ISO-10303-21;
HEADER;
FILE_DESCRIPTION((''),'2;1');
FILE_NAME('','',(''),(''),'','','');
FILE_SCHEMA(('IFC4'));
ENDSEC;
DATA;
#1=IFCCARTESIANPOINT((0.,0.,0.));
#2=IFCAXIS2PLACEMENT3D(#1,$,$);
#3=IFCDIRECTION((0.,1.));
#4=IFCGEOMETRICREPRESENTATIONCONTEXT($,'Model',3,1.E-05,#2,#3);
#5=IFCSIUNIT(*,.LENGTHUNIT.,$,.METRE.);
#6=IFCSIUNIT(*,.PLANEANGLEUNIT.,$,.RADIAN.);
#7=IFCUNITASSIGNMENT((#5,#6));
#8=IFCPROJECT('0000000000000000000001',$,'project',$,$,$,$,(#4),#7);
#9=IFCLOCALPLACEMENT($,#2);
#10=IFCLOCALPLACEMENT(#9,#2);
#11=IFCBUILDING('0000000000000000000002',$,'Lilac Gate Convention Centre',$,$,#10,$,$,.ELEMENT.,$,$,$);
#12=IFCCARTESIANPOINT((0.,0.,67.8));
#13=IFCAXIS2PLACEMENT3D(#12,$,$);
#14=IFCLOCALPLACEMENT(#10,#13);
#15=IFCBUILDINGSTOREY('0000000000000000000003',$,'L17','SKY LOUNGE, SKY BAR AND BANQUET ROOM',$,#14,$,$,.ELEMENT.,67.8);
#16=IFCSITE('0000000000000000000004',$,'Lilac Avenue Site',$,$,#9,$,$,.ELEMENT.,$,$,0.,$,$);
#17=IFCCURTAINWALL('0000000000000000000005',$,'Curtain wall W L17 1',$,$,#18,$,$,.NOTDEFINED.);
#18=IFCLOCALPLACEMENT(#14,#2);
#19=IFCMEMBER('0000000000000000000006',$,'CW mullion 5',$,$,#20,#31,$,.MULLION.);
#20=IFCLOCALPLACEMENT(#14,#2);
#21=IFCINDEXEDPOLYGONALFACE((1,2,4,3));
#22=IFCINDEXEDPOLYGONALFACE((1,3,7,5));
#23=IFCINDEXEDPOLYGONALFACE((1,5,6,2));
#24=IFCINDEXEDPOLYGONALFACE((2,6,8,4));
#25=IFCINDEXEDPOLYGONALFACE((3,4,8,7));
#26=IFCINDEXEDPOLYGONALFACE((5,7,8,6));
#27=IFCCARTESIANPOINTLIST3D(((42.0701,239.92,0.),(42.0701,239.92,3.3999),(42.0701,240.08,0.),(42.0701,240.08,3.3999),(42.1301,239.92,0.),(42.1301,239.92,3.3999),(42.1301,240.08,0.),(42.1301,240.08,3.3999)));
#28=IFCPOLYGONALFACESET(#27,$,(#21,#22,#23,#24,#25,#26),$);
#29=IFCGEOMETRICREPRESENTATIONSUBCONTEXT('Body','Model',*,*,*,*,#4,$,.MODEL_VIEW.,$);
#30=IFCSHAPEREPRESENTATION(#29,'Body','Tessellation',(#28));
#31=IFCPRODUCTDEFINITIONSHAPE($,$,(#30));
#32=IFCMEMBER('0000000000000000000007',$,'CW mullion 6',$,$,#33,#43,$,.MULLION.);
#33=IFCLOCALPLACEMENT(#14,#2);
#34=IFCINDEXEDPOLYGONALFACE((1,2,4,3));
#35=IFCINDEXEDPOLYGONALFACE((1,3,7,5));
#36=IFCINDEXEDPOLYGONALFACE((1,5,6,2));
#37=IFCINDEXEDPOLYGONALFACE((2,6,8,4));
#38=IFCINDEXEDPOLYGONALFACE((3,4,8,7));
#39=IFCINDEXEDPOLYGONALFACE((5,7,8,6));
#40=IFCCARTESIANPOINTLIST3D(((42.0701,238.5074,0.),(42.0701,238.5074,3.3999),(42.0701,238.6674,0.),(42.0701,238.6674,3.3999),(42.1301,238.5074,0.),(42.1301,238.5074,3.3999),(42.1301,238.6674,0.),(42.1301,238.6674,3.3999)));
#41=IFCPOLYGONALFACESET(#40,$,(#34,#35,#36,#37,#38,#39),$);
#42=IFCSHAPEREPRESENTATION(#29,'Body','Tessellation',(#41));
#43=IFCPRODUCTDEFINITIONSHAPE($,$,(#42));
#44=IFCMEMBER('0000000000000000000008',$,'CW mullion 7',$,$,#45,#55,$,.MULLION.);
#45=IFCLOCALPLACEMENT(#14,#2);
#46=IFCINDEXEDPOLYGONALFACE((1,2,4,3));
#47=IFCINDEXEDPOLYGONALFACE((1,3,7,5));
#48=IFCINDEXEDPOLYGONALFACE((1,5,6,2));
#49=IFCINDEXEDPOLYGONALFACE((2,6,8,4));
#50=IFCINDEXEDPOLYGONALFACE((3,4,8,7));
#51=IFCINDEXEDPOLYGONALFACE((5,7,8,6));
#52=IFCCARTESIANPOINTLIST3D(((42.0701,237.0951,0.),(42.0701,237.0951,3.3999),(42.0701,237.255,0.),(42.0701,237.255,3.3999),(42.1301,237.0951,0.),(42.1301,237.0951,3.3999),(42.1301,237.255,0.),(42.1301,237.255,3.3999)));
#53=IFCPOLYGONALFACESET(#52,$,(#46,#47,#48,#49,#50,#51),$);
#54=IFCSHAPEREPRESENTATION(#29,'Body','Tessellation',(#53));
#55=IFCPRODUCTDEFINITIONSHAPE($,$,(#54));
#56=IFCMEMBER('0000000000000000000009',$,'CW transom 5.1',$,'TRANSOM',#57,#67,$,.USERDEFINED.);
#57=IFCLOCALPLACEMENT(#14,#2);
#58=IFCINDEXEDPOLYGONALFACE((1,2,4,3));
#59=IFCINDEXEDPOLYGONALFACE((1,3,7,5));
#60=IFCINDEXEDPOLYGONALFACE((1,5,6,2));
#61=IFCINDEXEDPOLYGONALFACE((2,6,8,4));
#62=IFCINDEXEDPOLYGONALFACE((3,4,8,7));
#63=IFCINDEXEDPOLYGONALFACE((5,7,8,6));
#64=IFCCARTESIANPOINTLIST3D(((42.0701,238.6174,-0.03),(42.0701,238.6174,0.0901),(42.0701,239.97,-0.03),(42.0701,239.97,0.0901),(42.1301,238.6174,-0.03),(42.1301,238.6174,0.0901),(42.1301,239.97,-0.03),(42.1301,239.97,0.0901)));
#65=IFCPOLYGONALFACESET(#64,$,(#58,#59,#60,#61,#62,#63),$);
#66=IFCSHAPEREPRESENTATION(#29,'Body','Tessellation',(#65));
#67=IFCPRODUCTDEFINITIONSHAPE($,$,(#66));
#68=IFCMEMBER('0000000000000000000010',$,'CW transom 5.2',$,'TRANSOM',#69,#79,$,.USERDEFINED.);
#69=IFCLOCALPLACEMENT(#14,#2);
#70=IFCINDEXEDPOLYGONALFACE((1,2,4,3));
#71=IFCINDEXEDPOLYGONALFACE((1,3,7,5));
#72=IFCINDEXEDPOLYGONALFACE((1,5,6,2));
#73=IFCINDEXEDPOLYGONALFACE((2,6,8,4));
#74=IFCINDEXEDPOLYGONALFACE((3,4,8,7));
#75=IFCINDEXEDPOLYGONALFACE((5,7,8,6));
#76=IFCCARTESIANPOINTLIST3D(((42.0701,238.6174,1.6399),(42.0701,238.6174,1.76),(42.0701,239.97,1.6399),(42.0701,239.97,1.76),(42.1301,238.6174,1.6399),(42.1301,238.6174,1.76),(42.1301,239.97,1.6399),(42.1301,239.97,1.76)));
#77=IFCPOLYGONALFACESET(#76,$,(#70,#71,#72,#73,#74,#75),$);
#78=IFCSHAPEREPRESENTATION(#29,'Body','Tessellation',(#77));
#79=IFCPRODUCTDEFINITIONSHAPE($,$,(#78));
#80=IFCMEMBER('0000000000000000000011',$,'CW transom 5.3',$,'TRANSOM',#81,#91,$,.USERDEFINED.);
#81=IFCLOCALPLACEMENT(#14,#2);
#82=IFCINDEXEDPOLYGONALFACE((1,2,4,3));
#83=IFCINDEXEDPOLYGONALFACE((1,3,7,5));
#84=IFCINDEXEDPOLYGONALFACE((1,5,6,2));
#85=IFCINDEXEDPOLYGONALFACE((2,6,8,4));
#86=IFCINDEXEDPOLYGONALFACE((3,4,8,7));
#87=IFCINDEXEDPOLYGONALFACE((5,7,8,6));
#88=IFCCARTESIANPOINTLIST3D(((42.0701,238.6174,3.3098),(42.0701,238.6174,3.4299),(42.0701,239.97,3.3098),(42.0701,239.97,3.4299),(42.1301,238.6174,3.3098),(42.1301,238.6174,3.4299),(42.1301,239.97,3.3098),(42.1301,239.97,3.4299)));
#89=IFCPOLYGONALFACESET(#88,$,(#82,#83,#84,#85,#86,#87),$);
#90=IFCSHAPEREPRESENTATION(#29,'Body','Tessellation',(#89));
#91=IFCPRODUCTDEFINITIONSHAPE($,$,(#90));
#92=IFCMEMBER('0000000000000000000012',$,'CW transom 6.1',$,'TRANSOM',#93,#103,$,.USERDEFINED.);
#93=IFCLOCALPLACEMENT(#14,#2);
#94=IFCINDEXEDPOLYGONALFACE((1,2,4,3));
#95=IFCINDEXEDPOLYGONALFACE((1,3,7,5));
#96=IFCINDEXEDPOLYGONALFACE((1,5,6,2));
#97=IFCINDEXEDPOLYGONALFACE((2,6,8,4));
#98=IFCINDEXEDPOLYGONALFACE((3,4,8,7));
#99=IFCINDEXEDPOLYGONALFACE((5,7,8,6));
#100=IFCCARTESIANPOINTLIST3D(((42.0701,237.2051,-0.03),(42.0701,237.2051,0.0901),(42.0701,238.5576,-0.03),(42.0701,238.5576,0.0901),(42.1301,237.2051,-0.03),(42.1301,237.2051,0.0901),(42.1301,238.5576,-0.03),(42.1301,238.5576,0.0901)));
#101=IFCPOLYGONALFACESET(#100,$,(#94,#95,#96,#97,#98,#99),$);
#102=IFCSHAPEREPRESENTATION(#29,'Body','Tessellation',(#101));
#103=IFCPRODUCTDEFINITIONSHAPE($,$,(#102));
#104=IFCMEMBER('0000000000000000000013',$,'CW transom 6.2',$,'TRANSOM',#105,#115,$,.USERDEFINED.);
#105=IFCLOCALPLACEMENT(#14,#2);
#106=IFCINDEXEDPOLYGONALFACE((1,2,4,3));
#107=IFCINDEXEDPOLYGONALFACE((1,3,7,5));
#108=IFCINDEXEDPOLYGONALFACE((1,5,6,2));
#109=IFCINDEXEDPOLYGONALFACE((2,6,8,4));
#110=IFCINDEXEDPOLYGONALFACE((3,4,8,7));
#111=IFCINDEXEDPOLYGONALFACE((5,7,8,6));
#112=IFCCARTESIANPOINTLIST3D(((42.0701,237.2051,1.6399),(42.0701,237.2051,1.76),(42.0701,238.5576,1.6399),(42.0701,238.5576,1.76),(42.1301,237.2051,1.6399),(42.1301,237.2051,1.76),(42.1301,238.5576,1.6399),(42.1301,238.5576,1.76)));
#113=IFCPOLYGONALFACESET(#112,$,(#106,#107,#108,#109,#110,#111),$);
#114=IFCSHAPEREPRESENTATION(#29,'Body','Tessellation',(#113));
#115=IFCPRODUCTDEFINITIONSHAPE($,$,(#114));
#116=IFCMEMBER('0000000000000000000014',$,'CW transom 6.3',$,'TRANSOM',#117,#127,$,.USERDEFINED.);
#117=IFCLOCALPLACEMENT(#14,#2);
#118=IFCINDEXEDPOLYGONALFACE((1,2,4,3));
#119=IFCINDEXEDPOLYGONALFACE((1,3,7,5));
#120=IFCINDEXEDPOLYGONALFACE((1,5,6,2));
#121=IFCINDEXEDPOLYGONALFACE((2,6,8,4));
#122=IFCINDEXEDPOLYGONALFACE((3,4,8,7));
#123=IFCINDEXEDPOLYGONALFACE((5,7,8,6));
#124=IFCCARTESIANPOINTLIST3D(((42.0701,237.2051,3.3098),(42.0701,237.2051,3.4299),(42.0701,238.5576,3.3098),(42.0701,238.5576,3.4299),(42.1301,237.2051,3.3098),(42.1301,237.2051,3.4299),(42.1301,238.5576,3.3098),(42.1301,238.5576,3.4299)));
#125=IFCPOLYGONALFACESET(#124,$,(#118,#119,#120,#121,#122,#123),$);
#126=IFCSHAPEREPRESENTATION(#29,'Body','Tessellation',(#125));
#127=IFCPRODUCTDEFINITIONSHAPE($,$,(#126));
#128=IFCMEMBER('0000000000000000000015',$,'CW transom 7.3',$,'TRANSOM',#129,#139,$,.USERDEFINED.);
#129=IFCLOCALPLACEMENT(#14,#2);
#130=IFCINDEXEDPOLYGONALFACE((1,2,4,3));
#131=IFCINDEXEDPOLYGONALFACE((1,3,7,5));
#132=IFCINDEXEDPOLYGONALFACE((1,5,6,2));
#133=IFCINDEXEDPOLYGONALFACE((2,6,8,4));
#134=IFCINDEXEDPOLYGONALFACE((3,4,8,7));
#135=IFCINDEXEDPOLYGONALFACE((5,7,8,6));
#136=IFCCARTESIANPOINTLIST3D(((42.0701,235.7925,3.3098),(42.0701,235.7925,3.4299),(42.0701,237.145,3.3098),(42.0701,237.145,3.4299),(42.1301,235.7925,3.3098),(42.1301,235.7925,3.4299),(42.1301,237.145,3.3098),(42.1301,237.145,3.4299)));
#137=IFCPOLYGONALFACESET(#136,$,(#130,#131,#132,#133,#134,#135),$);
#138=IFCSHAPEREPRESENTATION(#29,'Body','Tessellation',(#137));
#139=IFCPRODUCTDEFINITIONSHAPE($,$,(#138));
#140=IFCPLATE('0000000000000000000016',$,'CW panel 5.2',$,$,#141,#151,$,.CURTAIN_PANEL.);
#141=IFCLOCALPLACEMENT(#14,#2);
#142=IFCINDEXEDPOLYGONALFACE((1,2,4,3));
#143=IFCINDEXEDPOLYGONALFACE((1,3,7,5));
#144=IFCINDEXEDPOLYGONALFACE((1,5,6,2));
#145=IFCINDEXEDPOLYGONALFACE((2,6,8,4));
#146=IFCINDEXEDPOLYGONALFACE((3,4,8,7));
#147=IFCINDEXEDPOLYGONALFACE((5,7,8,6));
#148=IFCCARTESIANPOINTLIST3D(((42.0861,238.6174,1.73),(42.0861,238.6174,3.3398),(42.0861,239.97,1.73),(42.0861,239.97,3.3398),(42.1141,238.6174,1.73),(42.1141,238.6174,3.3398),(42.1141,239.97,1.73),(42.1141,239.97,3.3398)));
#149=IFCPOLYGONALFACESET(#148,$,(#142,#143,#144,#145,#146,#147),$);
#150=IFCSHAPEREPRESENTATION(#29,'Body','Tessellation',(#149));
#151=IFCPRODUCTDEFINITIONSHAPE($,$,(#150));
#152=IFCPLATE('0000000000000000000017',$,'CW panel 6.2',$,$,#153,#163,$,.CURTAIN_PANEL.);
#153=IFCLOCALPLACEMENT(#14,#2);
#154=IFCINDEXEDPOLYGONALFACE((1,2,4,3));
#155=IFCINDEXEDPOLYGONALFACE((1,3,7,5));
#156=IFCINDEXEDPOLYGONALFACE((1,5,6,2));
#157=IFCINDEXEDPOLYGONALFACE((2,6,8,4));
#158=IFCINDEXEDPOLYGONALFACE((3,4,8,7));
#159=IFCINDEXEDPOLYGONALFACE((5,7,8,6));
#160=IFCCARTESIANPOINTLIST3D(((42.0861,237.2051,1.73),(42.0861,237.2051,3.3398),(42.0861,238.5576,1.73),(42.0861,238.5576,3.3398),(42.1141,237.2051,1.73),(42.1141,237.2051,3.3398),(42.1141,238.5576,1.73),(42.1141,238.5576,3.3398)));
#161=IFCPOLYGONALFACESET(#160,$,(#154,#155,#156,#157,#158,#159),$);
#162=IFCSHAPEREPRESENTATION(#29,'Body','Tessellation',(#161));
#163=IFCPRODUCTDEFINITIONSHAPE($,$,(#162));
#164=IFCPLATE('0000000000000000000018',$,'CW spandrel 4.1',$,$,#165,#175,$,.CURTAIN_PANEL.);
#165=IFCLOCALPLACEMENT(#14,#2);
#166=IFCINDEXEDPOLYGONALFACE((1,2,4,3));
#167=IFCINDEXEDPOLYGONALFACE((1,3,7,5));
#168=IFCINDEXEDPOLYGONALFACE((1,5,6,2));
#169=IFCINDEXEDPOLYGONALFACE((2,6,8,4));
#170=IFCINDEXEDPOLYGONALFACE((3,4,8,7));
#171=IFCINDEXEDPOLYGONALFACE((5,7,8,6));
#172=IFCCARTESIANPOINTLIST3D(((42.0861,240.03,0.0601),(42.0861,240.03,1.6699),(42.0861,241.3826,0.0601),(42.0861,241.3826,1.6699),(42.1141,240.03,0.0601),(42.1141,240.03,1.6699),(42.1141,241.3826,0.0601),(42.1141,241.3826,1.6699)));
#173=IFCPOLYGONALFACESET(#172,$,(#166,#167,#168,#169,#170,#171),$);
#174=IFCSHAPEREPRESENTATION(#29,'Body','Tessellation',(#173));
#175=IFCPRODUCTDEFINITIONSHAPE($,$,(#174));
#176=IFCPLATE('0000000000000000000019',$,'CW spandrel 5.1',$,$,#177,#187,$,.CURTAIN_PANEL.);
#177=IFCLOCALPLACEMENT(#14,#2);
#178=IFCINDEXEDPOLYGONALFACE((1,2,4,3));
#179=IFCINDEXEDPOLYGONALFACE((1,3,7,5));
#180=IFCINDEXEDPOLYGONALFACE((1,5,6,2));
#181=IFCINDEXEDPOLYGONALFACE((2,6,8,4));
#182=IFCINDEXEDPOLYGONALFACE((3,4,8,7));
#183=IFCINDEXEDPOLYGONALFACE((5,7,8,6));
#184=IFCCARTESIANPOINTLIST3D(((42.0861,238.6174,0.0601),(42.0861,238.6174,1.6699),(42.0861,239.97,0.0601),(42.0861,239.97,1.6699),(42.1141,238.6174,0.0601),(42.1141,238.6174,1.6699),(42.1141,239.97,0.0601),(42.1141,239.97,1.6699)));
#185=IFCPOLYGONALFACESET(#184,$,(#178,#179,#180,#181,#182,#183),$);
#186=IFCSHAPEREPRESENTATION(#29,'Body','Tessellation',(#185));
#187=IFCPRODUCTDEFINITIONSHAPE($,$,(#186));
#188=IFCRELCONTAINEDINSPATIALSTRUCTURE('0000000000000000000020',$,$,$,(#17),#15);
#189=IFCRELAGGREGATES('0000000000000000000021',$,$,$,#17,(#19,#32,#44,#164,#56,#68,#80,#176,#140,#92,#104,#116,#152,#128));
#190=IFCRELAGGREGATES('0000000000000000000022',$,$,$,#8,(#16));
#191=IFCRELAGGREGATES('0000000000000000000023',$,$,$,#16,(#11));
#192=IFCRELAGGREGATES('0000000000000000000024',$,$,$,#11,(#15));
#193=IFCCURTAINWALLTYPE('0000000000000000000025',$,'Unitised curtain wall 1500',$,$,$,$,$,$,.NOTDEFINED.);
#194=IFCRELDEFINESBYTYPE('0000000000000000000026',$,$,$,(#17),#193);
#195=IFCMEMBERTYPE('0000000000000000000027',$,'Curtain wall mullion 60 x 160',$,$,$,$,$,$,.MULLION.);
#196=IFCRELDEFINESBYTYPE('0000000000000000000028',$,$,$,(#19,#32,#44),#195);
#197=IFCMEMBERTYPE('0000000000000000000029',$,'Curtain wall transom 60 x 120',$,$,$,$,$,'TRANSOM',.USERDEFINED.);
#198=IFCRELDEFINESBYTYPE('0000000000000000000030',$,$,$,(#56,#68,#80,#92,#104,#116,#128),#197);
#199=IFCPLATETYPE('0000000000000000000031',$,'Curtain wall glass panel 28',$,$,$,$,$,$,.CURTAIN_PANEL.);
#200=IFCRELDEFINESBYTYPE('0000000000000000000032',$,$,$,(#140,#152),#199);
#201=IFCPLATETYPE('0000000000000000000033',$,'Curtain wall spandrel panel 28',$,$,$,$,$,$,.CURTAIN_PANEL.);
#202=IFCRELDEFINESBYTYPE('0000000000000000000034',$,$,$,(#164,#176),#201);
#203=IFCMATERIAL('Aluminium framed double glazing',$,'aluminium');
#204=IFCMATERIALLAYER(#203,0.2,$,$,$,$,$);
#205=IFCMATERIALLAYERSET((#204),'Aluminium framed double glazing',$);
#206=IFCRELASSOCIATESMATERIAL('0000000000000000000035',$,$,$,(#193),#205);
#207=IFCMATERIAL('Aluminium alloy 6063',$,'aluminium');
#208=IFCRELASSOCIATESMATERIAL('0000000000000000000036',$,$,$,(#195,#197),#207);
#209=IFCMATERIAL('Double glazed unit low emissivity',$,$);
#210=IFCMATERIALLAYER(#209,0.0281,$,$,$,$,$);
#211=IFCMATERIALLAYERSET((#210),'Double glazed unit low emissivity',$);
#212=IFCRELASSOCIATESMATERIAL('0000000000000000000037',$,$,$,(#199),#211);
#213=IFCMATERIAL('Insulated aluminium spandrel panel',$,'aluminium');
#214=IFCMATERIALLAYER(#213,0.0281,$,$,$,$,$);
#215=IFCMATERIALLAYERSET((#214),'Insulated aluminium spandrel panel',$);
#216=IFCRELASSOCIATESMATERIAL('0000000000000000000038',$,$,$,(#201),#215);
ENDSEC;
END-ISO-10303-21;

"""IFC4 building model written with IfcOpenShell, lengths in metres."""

from ifc_helpers import new_model, si_unit, direction, frame, origin, origin_2d, place, context, subcontext, project, spatial, rectangle, extrude, material, layer, layer_set, material_profile, profile_set, type_object, element, aggregate, save


model = new_model("IFC4")

# Units and contexts
model_context = context("Model", 3, precision=1e-05, world=origin(), true_north=direction((0.0, 1.0)))
body_context = subcontext(model_context, "Body", "Model", "MODEL_VIEW")
ifc_project = project(units=[si_unit("LENGTHUNIT", "METRE"), si_unit("PLANEANGLEUNIT", "RADIAN")], contexts=[model_context])

# Site, building, storey
site_placement = place(None, origin())
site = spatial("IfcSite", under=ifc_project, at=site_placement, Name="Lilac Avenue Site", CompositionType="ELEMENT", RefElevation=0.0)
building_placement = place(site_placement, origin())
building = spatial("IfcBuilding", under=site, at=building_placement, Name="Lilac Gate Convention Centre", CompositionType="ELEMENT")
storey_placement = place(building_placement, frame((0.0, 0.0, 67.8)))
storey = spatial("IfcBuildingStorey", under=building, at=storey_placement, Name="L17", Description="SKY LOUNGE, SKY BAR AND BANQUET ROOM", CompositionType="ELEMENT", Elevation=67.8)

# Curtain wall, members, plates
ifc_material_1 = material(Name="Aluminium framed double glazing", Category="aluminium")
ifc_layer_1 = layer(ifc_material_1, 0.2)
ifc_layer_set_1 = layer_set([ifc_layer_1], Name="Aluminium framed double glazing")
curtain_wall_type = type_object("IfcCurtainWallType", Name="Unitised curtain wall 1500", PredefinedType="NOTDEFINED", material=ifc_layer_set_1)
curtain_wall_placement = place(storey_placement, origin())
curtain_wall = element("IfcCurtainWall", 1, at=curtain_wall_placement, inside=storey, type_object=curtain_wall_type, Name="Curtain wall W L17 1", PredefinedType="NOTDEFINED")
ifc_material_2 = material(Name="Aluminium alloy 6063", Category="aluminium")
ifc_material_profile_1 = material_profile(ifc_material_2, rectangle(XDim=0.0601, YDim=0.1599, at=origin_2d()), Name="Curtain wall mullion 60 x 160")
ifc_profile_set_1 = profile_set([ifc_material_profile_1], Name="Aluminium alloy 6063")
member_type_1 = type_object("IfcMemberType", Name="Curtain wall mullion 60 x 160", PredefinedType="MULLION", material=ifc_profile_set_1)
member_1_placement = place(storey_placement, frame((42.1001, 240.0, 0.0), z_axis=(0.0, 0.0, 1.0), x_axis=(1.0, 0.0, 0.0)))
member_1 = element("IfcMember", 2, at=member_1_placement, type_object=member_type_1, Name="CW mullion 5", PredefinedType="MULLION", context=body_context, shape_type="SweptSolid", body=[
    extrude(rectangle(XDim=0.0601, YDim=0.1599, at=origin_2d()), origin(), (0.0, 0.0, 1.0), 3.3999),
])
member_2_placement = place(storey_placement, frame((42.1001, 238.5874, 0.0), z_axis=(0.0, 0.0, 1.0), x_axis=(1.0, 0.0, 0.0)))
member_2 = element("IfcMember", 3, at=member_2_placement, type_object=member_type_1, Name="CW mullion 6", PredefinedType="MULLION", context=body_context, shape_type="SweptSolid", body=[
    extrude(rectangle(XDim=0.0601, YDim=0.1599, at=origin_2d()), origin(), (0.0, 0.0, 1.0), 3.3999),
])
member_3_placement = place(storey_placement, frame((42.1001, 237.175, 0.0), z_axis=(0.0, 0.0, 1.0), x_axis=(1.0, 0.0, 0.0)))
member_3 = element("IfcMember", 4, at=member_3_placement, type_object=member_type_1, Name="CW mullion 7", PredefinedType="MULLION", context=body_context, shape_type="SweptSolid", body=[
    extrude(rectangle(XDim=0.0601, YDim=0.1599, at=origin_2d()), origin(), (0.0, 0.0, 1.0), 3.3999),
])
ifc_material_profile_2 = material_profile(ifc_material_2, rectangle(XDim=0.0601, YDim=0.1201, at=origin_2d()), Name="Curtain wall transom 60 x 120")
ifc_profile_set_2 = profile_set([ifc_material_profile_2], Name="Aluminium alloy 6063")
member_type_2 = type_object("IfcMemberType", Name="Curtain wall transom 60 x 120", ElementType="TRANSOM", PredefinedType="USERDEFINED", material=ifc_profile_set_2)
member_4_placement = place(storey_placement, frame((42.1001, 239.97, 0.03), z_axis=(0.0, -1.0, 0.0), x_axis=(1.0, 0.0, 0.0)))
member_4 = element("IfcMember", 5, at=member_4_placement, type_object=member_type_2, Name="CW transom 5.1", ObjectType="TRANSOM", PredefinedType="USERDEFINED", context=body_context, shape_type="SweptSolid", body=[
    extrude(rectangle(XDim=0.0601, YDim=0.1201, at=origin_2d()), origin(), (0.0, 0.0, 1.0), 1.3525),
])
member_5_placement = place(storey_placement, frame((42.1001, 239.97, 1.7), z_axis=(0.0, -1.0, 0.0), x_axis=(1.0, 0.0, 0.0)))
member_5 = element("IfcMember", 6, at=member_5_placement, type_object=member_type_2, Name="CW transom 5.2", ObjectType="TRANSOM", PredefinedType="USERDEFINED", context=body_context, shape_type="SweptSolid", body=[
    extrude(rectangle(XDim=0.0601, YDim=0.1201, at=origin_2d()), origin(), (0.0, 0.0, 1.0), 1.3525),
])
member_6_placement = place(storey_placement, frame((42.1001, 239.97, 3.3699), z_axis=(0.0, -1.0, 0.0), x_axis=(1.0, 0.0, 0.0)))
member_6 = element("IfcMember", 7, at=member_6_placement, type_object=member_type_2, Name="CW transom 5.3", ObjectType="TRANSOM", PredefinedType="USERDEFINED", context=body_context, shape_type="SweptSolid", body=[
    extrude(rectangle(XDim=0.0601, YDim=0.1201, at=origin_2d()), origin(), (0.0, 0.0, 1.0), 1.3525),
])
member_7_placement = place(storey_placement, frame((42.1001, 238.5576, 0.03), z_axis=(0.0, -1.0, 0.0), x_axis=(1.0, 0.0, 0.0)))
member_7 = element("IfcMember", 8, at=member_7_placement, type_object=member_type_2, Name="CW transom 6.1", ObjectType="TRANSOM", PredefinedType="USERDEFINED", context=body_context, shape_type="SweptSolid", body=[
    extrude(rectangle(XDim=0.0601, YDim=0.1201, at=origin_2d()), origin(), (0.0, 0.0, 1.0), 1.3525),
])
member_8_placement = place(storey_placement, frame((42.1001, 238.5576, 1.7), z_axis=(0.0, -1.0, 0.0), x_axis=(1.0, 0.0, 0.0)))
member_8 = element("IfcMember", 9, at=member_8_placement, type_object=member_type_2, Name="CW transom 6.2", ObjectType="TRANSOM", PredefinedType="USERDEFINED", context=body_context, shape_type="SweptSolid", body=[
    extrude(rectangle(XDim=0.0601, YDim=0.1201, at=origin_2d()), origin(), (0.0, 0.0, 1.0), 1.3525),
])
member_9_placement = place(storey_placement, frame((42.1001, 238.5576, 3.3699), z_axis=(0.0, -1.0, 0.0), x_axis=(1.0, 0.0, 0.0)))
member_9 = element("IfcMember", 10, at=member_9_placement, type_object=member_type_2, Name="CW transom 6.3", ObjectType="TRANSOM", PredefinedType="USERDEFINED", context=body_context, shape_type="SweptSolid", body=[
    extrude(rectangle(XDim=0.0601, YDim=0.1201, at=origin_2d()), origin(), (0.0, 0.0, 1.0), 1.3525),
])
member_10_placement = place(storey_placement, frame((42.1001, 237.145, 3.3699), z_axis=(0.0, -1.0, 0.0), x_axis=(1.0, 0.0, 0.0)))
member_10 = element("IfcMember", 11, at=member_10_placement, type_object=member_type_2, Name="CW transom 7.3", ObjectType="TRANSOM", PredefinedType="USERDEFINED", context=body_context, shape_type="SweptSolid", body=[
    extrude(rectangle(XDim=0.0601, YDim=0.1201, at=origin_2d()), origin(), (0.0, 0.0, 1.0), 1.3525),
])
ifc_material_3 = material(Name="Double glazed unit low emissivity")
ifc_layer_2 = layer(ifc_material_3, 0.0281)
ifc_layer_set_2 = layer_set([ifc_layer_2], Name="Double glazed unit low emissivity")
plate_type_1 = type_object("IfcPlateType", Name="Curtain wall glass panel 28", PredefinedType="CURTAIN_PANEL", material=ifc_layer_set_2)
plate_1_placement = place(storey_placement, frame((42.1001, 239.2937, 1.73), z_axis=(0.0, 0.0, 1.0), x_axis=(0.0, -1.0, 0.0)))
plate_1 = element("IfcPlate", 12, at=plate_1_placement, type_object=plate_type_1, Name="CW panel 5.2", PredefinedType="CURTAIN_PANEL", context=body_context, shape_type="SweptSolid", body=[
    extrude(rectangle(XDim=1.3525, YDim=0.0281, at=origin_2d()), origin(), (0.0, 0.0, 1.0), 1.6099),
])
plate_2_placement = place(storey_placement, frame((42.1001, 237.8813, 1.73), z_axis=(0.0, 0.0, 1.0), x_axis=(0.0, -1.0, 0.0)))
plate_2 = element("IfcPlate", 13, at=plate_2_placement, type_object=plate_type_1, Name="CW panel 6.2", PredefinedType="CURTAIN_PANEL", context=body_context, shape_type="SweptSolid", body=[
    extrude(rectangle(XDim=1.3525, YDim=0.0281, at=origin_2d()), origin(), (0.0, 0.0, 1.0), 1.6099),
])
ifc_material_4 = material(Name="Insulated aluminium spandrel panel", Category="aluminium")
ifc_layer_3 = layer(ifc_material_4, 0.0281)
ifc_layer_set_3 = layer_set([ifc_layer_3], Name="Insulated aluminium spandrel panel")
plate_type_2 = type_object("IfcPlateType", Name="Curtain wall spandrel panel 28", PredefinedType="CURTAIN_PANEL", material=ifc_layer_set_3)
plate_3_placement = place(storey_placement, frame((42.1001, 240.7063, 0.0601), z_axis=(0.0, 0.0, 1.0), x_axis=(0.0, -1.0, 0.0)))
plate_3 = element("IfcPlate", 14, at=plate_3_placement, type_object=plate_type_2, Name="CW spandrel 4.1", PredefinedType="CURTAIN_PANEL", context=body_context, shape_type="SweptSolid", body=[
    extrude(rectangle(XDim=1.3525, YDim=0.0281, at=origin_2d()), origin(), (0.0, 0.0, 1.0), 1.6099),
])
plate_4_placement = place(storey_placement, frame((42.1001, 239.2937, 0.0601), z_axis=(0.0, 0.0, 1.0), x_axis=(0.0, -1.0, 0.0)))
plate_4 = element("IfcPlate", 15, at=plate_4_placement, type_object=plate_type_2, Name="CW spandrel 5.1", PredefinedType="CURTAIN_PANEL", context=body_context, shape_type="SweptSolid", body=[
    extrude(rectangle(XDim=1.3525, YDim=0.0281, at=origin_2d()), origin(), (0.0, 0.0, 1.0), 1.6099),
])
aggregate(curtain_wall, [member_1, member_2, member_3, plate_3, member_4, member_5, member_6, plate_4, plate_1, member_7, member_8, member_9, plate_2, member_10])

save(model, "model.ifc")
